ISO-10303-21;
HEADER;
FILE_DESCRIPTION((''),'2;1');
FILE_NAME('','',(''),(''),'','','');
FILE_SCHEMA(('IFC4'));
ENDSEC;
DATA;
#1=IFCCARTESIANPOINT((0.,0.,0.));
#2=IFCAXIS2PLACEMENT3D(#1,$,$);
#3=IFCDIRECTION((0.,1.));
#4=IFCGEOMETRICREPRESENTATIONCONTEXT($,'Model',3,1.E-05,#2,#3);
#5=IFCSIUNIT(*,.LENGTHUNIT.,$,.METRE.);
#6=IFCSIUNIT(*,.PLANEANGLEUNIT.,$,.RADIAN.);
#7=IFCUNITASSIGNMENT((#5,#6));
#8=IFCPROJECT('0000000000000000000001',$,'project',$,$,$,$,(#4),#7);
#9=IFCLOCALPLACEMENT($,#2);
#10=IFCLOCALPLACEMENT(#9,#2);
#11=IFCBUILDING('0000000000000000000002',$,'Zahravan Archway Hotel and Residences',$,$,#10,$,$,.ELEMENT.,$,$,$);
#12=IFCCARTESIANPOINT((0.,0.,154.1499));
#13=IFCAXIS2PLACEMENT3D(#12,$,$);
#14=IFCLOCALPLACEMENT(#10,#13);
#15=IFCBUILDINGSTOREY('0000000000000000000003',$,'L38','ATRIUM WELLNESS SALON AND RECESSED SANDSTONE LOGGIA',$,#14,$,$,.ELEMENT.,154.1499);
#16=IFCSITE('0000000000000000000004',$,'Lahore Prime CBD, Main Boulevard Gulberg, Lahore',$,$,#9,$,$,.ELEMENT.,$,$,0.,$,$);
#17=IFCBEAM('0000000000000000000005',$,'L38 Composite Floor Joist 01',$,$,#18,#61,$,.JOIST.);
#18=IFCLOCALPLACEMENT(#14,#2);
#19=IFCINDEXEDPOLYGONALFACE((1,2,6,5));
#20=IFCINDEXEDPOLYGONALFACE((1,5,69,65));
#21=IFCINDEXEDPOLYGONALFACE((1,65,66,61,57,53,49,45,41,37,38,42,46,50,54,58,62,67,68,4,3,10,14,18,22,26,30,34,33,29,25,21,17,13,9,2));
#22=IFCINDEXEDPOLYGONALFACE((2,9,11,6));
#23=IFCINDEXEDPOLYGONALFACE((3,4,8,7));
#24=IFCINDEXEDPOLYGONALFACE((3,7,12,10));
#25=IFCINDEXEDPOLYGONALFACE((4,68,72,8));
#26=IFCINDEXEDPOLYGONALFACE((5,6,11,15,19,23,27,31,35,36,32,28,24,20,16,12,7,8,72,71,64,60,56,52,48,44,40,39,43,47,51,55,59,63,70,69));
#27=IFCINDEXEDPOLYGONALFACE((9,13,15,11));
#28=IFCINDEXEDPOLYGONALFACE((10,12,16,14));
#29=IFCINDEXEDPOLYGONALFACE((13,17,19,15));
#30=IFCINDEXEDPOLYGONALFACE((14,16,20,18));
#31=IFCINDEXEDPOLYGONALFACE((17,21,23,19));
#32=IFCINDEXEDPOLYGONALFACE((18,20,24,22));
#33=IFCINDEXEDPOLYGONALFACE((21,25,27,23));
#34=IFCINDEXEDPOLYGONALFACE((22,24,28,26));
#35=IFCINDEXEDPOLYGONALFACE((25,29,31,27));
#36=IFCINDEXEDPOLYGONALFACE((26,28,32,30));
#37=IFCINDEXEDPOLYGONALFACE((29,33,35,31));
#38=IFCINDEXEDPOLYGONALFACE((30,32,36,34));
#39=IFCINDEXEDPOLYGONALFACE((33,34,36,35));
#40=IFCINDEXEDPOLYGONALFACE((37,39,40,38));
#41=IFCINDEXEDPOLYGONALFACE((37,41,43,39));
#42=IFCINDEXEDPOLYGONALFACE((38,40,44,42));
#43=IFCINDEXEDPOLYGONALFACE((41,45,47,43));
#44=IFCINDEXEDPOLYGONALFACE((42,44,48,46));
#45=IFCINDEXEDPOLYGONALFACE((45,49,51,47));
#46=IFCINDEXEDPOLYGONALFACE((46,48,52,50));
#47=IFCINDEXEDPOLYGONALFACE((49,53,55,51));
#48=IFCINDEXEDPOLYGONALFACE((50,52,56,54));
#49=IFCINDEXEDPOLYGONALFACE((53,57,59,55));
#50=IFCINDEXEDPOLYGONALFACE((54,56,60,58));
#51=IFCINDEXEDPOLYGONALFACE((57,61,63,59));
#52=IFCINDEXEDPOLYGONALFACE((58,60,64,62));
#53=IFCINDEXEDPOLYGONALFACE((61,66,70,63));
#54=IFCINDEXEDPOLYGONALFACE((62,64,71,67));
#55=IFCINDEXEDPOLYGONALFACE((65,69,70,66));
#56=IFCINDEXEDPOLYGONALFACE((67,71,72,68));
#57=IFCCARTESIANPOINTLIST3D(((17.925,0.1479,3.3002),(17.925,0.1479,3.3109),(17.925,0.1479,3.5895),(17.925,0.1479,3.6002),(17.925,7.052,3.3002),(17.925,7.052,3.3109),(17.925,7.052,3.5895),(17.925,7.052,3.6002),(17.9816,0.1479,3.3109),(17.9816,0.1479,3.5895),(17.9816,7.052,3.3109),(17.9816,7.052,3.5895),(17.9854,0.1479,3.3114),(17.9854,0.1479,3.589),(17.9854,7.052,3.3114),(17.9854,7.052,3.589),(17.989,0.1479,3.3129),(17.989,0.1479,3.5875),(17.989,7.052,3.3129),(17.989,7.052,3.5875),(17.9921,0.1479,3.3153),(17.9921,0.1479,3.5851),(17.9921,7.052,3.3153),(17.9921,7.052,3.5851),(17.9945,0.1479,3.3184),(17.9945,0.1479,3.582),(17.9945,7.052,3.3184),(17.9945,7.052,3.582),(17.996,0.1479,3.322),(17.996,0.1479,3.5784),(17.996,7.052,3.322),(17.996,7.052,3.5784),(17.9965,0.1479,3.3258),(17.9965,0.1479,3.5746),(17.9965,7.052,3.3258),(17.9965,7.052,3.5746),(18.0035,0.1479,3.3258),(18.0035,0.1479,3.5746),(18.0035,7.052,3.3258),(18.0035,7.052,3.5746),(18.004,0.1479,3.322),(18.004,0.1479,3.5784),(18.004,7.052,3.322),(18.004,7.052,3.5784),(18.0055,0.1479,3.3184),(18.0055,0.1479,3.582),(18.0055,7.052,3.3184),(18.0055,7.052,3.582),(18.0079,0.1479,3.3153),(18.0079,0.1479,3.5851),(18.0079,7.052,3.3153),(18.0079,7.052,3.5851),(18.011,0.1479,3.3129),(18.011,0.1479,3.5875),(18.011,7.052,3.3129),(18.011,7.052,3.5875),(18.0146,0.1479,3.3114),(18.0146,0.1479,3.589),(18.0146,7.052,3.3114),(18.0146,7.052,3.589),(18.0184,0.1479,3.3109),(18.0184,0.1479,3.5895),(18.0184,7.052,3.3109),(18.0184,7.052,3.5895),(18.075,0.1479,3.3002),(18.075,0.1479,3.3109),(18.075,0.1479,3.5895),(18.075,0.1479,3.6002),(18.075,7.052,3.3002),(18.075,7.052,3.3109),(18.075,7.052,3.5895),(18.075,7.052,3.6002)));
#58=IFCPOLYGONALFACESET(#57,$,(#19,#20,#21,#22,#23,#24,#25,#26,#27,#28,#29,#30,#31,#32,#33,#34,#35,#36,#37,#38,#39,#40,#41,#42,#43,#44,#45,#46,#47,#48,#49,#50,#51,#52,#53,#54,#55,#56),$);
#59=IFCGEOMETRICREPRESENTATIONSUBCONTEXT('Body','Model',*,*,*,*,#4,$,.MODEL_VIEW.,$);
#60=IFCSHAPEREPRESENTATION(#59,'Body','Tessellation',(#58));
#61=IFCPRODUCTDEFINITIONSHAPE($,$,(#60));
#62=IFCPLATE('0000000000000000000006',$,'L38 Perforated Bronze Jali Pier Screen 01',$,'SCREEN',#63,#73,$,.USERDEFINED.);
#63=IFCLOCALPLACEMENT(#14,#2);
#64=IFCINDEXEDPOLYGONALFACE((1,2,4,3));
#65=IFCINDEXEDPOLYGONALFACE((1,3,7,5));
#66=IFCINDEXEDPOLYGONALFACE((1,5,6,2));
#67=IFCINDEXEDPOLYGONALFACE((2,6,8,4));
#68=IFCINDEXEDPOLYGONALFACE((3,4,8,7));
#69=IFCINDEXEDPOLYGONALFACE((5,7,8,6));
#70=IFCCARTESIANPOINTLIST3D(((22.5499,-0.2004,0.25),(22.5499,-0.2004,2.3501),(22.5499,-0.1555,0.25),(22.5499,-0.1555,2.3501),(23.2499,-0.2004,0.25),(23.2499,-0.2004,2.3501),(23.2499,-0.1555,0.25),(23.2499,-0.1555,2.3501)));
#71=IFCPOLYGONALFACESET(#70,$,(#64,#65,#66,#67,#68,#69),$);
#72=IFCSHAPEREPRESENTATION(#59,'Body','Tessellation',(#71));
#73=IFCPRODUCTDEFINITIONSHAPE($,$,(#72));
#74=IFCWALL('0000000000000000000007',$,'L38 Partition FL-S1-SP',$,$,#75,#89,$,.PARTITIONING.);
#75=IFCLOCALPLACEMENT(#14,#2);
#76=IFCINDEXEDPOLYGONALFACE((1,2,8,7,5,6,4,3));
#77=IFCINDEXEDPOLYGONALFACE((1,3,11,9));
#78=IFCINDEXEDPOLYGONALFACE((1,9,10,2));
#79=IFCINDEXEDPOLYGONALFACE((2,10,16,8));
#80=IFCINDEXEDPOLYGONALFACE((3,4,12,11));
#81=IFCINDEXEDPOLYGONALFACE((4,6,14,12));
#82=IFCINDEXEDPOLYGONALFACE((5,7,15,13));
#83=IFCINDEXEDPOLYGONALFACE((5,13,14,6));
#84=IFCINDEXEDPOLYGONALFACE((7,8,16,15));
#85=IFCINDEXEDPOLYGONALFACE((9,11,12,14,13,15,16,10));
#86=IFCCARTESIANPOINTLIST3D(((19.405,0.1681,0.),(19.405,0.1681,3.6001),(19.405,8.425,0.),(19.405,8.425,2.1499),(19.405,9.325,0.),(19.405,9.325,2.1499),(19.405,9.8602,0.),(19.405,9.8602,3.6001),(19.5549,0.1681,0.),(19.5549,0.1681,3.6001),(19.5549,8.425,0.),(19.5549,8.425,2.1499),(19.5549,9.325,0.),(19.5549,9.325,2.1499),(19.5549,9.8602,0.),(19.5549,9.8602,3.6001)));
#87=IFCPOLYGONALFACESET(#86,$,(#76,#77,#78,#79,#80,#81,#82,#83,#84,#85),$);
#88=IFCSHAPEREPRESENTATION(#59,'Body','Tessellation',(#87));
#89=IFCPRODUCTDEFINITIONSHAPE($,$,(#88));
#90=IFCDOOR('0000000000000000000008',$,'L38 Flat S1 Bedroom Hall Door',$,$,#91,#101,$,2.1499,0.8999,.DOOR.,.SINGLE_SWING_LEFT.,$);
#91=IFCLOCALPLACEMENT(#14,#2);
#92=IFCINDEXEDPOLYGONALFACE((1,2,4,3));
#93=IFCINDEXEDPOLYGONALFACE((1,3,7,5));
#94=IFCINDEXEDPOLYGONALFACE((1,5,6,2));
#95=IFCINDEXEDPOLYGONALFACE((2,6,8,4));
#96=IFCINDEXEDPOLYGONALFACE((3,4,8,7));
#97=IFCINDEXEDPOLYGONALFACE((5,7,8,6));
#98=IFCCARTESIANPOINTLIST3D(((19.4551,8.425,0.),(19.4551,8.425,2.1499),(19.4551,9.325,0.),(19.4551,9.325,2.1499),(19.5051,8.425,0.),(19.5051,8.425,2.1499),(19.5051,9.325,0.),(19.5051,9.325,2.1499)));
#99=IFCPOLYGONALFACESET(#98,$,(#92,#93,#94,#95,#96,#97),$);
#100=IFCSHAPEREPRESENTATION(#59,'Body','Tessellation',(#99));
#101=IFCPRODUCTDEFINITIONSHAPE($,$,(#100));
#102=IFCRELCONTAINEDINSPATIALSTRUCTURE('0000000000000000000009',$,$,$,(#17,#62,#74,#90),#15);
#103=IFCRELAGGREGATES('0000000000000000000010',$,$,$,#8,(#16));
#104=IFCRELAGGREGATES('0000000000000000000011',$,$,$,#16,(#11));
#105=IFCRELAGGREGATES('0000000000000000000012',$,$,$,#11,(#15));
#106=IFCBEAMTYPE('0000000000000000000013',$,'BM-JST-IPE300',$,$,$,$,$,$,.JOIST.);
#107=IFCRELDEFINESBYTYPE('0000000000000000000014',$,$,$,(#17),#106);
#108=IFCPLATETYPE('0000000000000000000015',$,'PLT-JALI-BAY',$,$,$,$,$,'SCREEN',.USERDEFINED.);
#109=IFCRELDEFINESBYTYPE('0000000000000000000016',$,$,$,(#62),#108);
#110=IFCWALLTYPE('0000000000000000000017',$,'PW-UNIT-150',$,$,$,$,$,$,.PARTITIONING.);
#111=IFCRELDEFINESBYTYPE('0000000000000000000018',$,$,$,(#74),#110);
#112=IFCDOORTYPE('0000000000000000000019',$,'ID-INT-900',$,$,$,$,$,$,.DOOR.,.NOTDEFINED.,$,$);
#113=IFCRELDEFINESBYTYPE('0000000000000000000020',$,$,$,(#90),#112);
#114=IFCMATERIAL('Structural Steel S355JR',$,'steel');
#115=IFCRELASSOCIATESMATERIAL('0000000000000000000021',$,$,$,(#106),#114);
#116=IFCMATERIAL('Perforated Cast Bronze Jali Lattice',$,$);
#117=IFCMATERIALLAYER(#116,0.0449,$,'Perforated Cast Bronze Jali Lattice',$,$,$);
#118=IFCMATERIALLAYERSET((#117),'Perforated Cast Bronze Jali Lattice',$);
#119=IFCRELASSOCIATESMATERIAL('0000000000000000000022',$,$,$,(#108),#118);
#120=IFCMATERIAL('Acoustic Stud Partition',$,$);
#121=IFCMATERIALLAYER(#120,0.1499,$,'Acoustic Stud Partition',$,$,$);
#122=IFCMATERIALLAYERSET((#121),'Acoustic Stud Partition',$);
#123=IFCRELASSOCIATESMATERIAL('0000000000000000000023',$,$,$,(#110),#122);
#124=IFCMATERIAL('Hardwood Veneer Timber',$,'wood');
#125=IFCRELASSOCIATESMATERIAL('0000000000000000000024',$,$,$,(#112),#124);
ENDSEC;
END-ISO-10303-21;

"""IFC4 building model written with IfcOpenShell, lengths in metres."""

from ifc_helpers import new_model, si_unit, direction, frame, frame_2d, origin, origin_2d, place, context, subcontext, project, spatial, rectangle, i_section, extrude, source, transform, mapped, material, layer, layer_set, material_profile, profile_set, type_object, type_shapes, element, fill, save


model = new_model("IFC4")

# Units and contexts
model_context = context("Model", 3, precision=1e-05, world=origin(), true_north=direction((0.0, 1.0)))
body_context = subcontext(model_context, "Body", "Model", "MODEL_VIEW")
ifc_project = project(units=[si_unit("LENGTHUNIT", "METRE"), si_unit("PLANEANGLEUNIT", "RADIAN")], contexts=[model_context])

# Site, building, storey
site_placement = place(None, origin())
site = spatial("IfcSite", under=ifc_project, at=site_placement, Name="Lahore Prime CBD, Main Boulevard Gulberg, Lahore", CompositionType="ELEMENT", RefElevation=0.0)
building_placement = place(site_placement, origin())
building = spatial("IfcBuilding", under=site, at=building_placement, Name="Zahravan Archway Hotel and Residences", CompositionType="ELEMENT")
storey_placement = place(building_placement, frame((0.0, 0.0, 154.1499)))
storey = spatial("IfcBuildingStorey", under=building, at=storey_placement, Name="L38", Description="ATRIUM WELLNESS SALON AND RECESSED SANDSTONE LOGGIA", CompositionType="ELEMENT", Elevation=154.1499)

# Beam
ifc_material_1 = material(Name="Structural Steel S355JR", Category="steel")
ifc_material_profile_1 = material_profile(ifc_material_1, i_section(OverallWidth=0.1499, OverallDepth=0.3, WebThickness=0.0071, FlangeThickness=0.0107, FilletRadius=0.0149, at=origin_2d()), Name="IPE 300", Category="steel")
ifc_profile_set_1 = profile_set([ifc_material_profile_1], Name="Structural Steel S355JR")
beam_type_1 = type_object("IfcBeamType", Name="BM-JST-IPE300", PredefinedType="JOIST", material=ifc_profile_set_1)
shared_shape_1 = source(origin(), body_context, "Body", "SweptSolid", [
    extrude(i_section(OverallWidth=0.1499, OverallDepth=0.3, WebThickness=0.0071, FlangeThickness=0.0107, FilletRadius=0.0149, at=origin_2d()), origin(), (0.0, 0.0, 1.0), 6.9041),
])
type_shapes(beam_type_1, [shared_shape_1])
beam_1_placement = place(storey_placement, frame((18.0, 0.1479, 3.4502), z_axis=(0.0, 1.0, 0.0), x_axis=(-1.0, 0.0, 0.0)))
element("IfcBeam", 1, at=beam_1_placement, inside=storey, type_object=beam_type_1, Name="L38 Composite Floor Joist 01", PredefinedType="JOIST", context=body_context, shape_type="MappedRepresentation", body=[
    mapped(shared_shape_1, transform((0.0, 0.0, 0.0), scale=1.0)),
])

# Plate
ifc_material_2 = material(Name="Perforated Cast Bronze Jali Lattice")
ifc_layer_1 = layer(ifc_material_2, 0.0449, Name="Perforated Cast Bronze Jali Lattice")
ifc_layer_set_1 = layer_set([ifc_layer_1], Name="Perforated Cast Bronze Jali Lattice")
plate_type = type_object("IfcPlateType", Name="PLT-JALI-BAY", ElementType="SCREEN", PredefinedType="USERDEFINED", material=ifc_layer_set_1)
shared_shape_2 = source(origin(), body_context, "Body", "SweptSolid", [
    extrude(rectangle(XDim=0.7, YDim=0.0449, at=origin_2d()), origin(), (0.0, 0.0, 1.0), 2.1001),
])
type_shapes(plate_type, [shared_shape_2])
plate_placement = place(storey_placement, frame((22.8999, -0.178, 0.25), z_axis=(0.0, 0.0, 1.0), x_axis=(1.0, 0.0, 0.0)))
element("IfcPlate", 2, at=plate_placement, inside=storey, type_object=plate_type, Name="L38 Perforated Bronze Jali Pier Screen 01", ObjectType="SCREEN", PredefinedType="USERDEFINED", context=body_context, shape_type="MappedRepresentation", body=[
    mapped(shared_shape_2, transform((0.0, 0.0, 0.0), scale=1.0)),
])

# Wall, opening, door
ifc_material_3 = material(Name="Acoustic Stud Partition")
ifc_layer_2 = layer(ifc_material_3, 0.1499, Name="Acoustic Stud Partition")
ifc_layer_set_2 = layer_set([ifc_layer_2], Name="Acoustic Stud Partition")
wall_type = type_object("IfcWallType", Name="PW-UNIT-150", PredefinedType="PARTITIONING", material=ifc_layer_set_2)
wall_placement = place(storey_placement, frame((19.48, 0.168, 0.0), z_axis=(0.0, 0.0, 1.0), x_axis=(0.0, 1.0, 0.0)))
wall = element("IfcWall", 3, at=wall_placement, inside=storey, type_object=wall_type, Name="L38 Partition FL-S1-SP", PredefinedType="PARTITIONING", context=body_context, shape_type="SweptSolid", body=[
    extrude(rectangle(XDim=9.6921, YDim=0.1499, at=frame_2d((4.8462, 0.0))), origin(), (0.0, 0.0, 1.0), 3.6001),
])
opening_placement = place(wall_placement, frame((8.2571, 0.0, 0.0)))
opening = element("IfcOpeningElement", 4, at=opening_placement, cuts=wall, PredefinedType="OPENING", context=body_context, shape_type="SweptSolid", body=[
    extrude(rectangle(XDim=0.8999, YDim=2.1499, at=frame_2d((0.45, 1.075))), frame((0.0, 0.085, 0.0), z_axis=(0.0, -1.0, 0.0), x_axis=(1.0, 0.0, 0.0)), (0.0, 0.0, 1.0), 0.1699),
])
ifc_material_4 = material(Name="Hardwood Veneer Timber", Category="wood")
door_type = type_object("IfcDoorType", Name="ID-INT-900", OperationType="NOTDEFINED", PredefinedType="DOOR", material=ifc_material_4)
shared_shape_3 = source(origin(), body_context, "Body", "SweptSolid", [
    extrude(rectangle(XDim=0.8999, YDim=2.1499, at=frame_2d((0.45, 1.075))), frame((0.0, 0.0249, 0.0), z_axis=(0.0, -1.0, 0.0), x_axis=(1.0, 0.0, 0.0)), (0.0, 0.0, 1.0), 0.05),
])
type_shapes(door_type, [shared_shape_3])
door_placement = place(opening_placement, origin())
door = element("IfcDoor", 5, at=door_placement, inside=storey, type_object=door_type, Name="L38 Flat S1 Bedroom Hall Door", OperationType="SINGLE_SWING_LEFT", OverallHeight=2.1499, OverallWidth=0.8999, PredefinedType="DOOR", context=body_context, shape_type="MappedRepresentation", body=[
    mapped(shared_shape_3, transform((0.0, 0.0, 0.0), scale=1.0)),
])
fill(opening, door)

save(model, "model.ifc")
